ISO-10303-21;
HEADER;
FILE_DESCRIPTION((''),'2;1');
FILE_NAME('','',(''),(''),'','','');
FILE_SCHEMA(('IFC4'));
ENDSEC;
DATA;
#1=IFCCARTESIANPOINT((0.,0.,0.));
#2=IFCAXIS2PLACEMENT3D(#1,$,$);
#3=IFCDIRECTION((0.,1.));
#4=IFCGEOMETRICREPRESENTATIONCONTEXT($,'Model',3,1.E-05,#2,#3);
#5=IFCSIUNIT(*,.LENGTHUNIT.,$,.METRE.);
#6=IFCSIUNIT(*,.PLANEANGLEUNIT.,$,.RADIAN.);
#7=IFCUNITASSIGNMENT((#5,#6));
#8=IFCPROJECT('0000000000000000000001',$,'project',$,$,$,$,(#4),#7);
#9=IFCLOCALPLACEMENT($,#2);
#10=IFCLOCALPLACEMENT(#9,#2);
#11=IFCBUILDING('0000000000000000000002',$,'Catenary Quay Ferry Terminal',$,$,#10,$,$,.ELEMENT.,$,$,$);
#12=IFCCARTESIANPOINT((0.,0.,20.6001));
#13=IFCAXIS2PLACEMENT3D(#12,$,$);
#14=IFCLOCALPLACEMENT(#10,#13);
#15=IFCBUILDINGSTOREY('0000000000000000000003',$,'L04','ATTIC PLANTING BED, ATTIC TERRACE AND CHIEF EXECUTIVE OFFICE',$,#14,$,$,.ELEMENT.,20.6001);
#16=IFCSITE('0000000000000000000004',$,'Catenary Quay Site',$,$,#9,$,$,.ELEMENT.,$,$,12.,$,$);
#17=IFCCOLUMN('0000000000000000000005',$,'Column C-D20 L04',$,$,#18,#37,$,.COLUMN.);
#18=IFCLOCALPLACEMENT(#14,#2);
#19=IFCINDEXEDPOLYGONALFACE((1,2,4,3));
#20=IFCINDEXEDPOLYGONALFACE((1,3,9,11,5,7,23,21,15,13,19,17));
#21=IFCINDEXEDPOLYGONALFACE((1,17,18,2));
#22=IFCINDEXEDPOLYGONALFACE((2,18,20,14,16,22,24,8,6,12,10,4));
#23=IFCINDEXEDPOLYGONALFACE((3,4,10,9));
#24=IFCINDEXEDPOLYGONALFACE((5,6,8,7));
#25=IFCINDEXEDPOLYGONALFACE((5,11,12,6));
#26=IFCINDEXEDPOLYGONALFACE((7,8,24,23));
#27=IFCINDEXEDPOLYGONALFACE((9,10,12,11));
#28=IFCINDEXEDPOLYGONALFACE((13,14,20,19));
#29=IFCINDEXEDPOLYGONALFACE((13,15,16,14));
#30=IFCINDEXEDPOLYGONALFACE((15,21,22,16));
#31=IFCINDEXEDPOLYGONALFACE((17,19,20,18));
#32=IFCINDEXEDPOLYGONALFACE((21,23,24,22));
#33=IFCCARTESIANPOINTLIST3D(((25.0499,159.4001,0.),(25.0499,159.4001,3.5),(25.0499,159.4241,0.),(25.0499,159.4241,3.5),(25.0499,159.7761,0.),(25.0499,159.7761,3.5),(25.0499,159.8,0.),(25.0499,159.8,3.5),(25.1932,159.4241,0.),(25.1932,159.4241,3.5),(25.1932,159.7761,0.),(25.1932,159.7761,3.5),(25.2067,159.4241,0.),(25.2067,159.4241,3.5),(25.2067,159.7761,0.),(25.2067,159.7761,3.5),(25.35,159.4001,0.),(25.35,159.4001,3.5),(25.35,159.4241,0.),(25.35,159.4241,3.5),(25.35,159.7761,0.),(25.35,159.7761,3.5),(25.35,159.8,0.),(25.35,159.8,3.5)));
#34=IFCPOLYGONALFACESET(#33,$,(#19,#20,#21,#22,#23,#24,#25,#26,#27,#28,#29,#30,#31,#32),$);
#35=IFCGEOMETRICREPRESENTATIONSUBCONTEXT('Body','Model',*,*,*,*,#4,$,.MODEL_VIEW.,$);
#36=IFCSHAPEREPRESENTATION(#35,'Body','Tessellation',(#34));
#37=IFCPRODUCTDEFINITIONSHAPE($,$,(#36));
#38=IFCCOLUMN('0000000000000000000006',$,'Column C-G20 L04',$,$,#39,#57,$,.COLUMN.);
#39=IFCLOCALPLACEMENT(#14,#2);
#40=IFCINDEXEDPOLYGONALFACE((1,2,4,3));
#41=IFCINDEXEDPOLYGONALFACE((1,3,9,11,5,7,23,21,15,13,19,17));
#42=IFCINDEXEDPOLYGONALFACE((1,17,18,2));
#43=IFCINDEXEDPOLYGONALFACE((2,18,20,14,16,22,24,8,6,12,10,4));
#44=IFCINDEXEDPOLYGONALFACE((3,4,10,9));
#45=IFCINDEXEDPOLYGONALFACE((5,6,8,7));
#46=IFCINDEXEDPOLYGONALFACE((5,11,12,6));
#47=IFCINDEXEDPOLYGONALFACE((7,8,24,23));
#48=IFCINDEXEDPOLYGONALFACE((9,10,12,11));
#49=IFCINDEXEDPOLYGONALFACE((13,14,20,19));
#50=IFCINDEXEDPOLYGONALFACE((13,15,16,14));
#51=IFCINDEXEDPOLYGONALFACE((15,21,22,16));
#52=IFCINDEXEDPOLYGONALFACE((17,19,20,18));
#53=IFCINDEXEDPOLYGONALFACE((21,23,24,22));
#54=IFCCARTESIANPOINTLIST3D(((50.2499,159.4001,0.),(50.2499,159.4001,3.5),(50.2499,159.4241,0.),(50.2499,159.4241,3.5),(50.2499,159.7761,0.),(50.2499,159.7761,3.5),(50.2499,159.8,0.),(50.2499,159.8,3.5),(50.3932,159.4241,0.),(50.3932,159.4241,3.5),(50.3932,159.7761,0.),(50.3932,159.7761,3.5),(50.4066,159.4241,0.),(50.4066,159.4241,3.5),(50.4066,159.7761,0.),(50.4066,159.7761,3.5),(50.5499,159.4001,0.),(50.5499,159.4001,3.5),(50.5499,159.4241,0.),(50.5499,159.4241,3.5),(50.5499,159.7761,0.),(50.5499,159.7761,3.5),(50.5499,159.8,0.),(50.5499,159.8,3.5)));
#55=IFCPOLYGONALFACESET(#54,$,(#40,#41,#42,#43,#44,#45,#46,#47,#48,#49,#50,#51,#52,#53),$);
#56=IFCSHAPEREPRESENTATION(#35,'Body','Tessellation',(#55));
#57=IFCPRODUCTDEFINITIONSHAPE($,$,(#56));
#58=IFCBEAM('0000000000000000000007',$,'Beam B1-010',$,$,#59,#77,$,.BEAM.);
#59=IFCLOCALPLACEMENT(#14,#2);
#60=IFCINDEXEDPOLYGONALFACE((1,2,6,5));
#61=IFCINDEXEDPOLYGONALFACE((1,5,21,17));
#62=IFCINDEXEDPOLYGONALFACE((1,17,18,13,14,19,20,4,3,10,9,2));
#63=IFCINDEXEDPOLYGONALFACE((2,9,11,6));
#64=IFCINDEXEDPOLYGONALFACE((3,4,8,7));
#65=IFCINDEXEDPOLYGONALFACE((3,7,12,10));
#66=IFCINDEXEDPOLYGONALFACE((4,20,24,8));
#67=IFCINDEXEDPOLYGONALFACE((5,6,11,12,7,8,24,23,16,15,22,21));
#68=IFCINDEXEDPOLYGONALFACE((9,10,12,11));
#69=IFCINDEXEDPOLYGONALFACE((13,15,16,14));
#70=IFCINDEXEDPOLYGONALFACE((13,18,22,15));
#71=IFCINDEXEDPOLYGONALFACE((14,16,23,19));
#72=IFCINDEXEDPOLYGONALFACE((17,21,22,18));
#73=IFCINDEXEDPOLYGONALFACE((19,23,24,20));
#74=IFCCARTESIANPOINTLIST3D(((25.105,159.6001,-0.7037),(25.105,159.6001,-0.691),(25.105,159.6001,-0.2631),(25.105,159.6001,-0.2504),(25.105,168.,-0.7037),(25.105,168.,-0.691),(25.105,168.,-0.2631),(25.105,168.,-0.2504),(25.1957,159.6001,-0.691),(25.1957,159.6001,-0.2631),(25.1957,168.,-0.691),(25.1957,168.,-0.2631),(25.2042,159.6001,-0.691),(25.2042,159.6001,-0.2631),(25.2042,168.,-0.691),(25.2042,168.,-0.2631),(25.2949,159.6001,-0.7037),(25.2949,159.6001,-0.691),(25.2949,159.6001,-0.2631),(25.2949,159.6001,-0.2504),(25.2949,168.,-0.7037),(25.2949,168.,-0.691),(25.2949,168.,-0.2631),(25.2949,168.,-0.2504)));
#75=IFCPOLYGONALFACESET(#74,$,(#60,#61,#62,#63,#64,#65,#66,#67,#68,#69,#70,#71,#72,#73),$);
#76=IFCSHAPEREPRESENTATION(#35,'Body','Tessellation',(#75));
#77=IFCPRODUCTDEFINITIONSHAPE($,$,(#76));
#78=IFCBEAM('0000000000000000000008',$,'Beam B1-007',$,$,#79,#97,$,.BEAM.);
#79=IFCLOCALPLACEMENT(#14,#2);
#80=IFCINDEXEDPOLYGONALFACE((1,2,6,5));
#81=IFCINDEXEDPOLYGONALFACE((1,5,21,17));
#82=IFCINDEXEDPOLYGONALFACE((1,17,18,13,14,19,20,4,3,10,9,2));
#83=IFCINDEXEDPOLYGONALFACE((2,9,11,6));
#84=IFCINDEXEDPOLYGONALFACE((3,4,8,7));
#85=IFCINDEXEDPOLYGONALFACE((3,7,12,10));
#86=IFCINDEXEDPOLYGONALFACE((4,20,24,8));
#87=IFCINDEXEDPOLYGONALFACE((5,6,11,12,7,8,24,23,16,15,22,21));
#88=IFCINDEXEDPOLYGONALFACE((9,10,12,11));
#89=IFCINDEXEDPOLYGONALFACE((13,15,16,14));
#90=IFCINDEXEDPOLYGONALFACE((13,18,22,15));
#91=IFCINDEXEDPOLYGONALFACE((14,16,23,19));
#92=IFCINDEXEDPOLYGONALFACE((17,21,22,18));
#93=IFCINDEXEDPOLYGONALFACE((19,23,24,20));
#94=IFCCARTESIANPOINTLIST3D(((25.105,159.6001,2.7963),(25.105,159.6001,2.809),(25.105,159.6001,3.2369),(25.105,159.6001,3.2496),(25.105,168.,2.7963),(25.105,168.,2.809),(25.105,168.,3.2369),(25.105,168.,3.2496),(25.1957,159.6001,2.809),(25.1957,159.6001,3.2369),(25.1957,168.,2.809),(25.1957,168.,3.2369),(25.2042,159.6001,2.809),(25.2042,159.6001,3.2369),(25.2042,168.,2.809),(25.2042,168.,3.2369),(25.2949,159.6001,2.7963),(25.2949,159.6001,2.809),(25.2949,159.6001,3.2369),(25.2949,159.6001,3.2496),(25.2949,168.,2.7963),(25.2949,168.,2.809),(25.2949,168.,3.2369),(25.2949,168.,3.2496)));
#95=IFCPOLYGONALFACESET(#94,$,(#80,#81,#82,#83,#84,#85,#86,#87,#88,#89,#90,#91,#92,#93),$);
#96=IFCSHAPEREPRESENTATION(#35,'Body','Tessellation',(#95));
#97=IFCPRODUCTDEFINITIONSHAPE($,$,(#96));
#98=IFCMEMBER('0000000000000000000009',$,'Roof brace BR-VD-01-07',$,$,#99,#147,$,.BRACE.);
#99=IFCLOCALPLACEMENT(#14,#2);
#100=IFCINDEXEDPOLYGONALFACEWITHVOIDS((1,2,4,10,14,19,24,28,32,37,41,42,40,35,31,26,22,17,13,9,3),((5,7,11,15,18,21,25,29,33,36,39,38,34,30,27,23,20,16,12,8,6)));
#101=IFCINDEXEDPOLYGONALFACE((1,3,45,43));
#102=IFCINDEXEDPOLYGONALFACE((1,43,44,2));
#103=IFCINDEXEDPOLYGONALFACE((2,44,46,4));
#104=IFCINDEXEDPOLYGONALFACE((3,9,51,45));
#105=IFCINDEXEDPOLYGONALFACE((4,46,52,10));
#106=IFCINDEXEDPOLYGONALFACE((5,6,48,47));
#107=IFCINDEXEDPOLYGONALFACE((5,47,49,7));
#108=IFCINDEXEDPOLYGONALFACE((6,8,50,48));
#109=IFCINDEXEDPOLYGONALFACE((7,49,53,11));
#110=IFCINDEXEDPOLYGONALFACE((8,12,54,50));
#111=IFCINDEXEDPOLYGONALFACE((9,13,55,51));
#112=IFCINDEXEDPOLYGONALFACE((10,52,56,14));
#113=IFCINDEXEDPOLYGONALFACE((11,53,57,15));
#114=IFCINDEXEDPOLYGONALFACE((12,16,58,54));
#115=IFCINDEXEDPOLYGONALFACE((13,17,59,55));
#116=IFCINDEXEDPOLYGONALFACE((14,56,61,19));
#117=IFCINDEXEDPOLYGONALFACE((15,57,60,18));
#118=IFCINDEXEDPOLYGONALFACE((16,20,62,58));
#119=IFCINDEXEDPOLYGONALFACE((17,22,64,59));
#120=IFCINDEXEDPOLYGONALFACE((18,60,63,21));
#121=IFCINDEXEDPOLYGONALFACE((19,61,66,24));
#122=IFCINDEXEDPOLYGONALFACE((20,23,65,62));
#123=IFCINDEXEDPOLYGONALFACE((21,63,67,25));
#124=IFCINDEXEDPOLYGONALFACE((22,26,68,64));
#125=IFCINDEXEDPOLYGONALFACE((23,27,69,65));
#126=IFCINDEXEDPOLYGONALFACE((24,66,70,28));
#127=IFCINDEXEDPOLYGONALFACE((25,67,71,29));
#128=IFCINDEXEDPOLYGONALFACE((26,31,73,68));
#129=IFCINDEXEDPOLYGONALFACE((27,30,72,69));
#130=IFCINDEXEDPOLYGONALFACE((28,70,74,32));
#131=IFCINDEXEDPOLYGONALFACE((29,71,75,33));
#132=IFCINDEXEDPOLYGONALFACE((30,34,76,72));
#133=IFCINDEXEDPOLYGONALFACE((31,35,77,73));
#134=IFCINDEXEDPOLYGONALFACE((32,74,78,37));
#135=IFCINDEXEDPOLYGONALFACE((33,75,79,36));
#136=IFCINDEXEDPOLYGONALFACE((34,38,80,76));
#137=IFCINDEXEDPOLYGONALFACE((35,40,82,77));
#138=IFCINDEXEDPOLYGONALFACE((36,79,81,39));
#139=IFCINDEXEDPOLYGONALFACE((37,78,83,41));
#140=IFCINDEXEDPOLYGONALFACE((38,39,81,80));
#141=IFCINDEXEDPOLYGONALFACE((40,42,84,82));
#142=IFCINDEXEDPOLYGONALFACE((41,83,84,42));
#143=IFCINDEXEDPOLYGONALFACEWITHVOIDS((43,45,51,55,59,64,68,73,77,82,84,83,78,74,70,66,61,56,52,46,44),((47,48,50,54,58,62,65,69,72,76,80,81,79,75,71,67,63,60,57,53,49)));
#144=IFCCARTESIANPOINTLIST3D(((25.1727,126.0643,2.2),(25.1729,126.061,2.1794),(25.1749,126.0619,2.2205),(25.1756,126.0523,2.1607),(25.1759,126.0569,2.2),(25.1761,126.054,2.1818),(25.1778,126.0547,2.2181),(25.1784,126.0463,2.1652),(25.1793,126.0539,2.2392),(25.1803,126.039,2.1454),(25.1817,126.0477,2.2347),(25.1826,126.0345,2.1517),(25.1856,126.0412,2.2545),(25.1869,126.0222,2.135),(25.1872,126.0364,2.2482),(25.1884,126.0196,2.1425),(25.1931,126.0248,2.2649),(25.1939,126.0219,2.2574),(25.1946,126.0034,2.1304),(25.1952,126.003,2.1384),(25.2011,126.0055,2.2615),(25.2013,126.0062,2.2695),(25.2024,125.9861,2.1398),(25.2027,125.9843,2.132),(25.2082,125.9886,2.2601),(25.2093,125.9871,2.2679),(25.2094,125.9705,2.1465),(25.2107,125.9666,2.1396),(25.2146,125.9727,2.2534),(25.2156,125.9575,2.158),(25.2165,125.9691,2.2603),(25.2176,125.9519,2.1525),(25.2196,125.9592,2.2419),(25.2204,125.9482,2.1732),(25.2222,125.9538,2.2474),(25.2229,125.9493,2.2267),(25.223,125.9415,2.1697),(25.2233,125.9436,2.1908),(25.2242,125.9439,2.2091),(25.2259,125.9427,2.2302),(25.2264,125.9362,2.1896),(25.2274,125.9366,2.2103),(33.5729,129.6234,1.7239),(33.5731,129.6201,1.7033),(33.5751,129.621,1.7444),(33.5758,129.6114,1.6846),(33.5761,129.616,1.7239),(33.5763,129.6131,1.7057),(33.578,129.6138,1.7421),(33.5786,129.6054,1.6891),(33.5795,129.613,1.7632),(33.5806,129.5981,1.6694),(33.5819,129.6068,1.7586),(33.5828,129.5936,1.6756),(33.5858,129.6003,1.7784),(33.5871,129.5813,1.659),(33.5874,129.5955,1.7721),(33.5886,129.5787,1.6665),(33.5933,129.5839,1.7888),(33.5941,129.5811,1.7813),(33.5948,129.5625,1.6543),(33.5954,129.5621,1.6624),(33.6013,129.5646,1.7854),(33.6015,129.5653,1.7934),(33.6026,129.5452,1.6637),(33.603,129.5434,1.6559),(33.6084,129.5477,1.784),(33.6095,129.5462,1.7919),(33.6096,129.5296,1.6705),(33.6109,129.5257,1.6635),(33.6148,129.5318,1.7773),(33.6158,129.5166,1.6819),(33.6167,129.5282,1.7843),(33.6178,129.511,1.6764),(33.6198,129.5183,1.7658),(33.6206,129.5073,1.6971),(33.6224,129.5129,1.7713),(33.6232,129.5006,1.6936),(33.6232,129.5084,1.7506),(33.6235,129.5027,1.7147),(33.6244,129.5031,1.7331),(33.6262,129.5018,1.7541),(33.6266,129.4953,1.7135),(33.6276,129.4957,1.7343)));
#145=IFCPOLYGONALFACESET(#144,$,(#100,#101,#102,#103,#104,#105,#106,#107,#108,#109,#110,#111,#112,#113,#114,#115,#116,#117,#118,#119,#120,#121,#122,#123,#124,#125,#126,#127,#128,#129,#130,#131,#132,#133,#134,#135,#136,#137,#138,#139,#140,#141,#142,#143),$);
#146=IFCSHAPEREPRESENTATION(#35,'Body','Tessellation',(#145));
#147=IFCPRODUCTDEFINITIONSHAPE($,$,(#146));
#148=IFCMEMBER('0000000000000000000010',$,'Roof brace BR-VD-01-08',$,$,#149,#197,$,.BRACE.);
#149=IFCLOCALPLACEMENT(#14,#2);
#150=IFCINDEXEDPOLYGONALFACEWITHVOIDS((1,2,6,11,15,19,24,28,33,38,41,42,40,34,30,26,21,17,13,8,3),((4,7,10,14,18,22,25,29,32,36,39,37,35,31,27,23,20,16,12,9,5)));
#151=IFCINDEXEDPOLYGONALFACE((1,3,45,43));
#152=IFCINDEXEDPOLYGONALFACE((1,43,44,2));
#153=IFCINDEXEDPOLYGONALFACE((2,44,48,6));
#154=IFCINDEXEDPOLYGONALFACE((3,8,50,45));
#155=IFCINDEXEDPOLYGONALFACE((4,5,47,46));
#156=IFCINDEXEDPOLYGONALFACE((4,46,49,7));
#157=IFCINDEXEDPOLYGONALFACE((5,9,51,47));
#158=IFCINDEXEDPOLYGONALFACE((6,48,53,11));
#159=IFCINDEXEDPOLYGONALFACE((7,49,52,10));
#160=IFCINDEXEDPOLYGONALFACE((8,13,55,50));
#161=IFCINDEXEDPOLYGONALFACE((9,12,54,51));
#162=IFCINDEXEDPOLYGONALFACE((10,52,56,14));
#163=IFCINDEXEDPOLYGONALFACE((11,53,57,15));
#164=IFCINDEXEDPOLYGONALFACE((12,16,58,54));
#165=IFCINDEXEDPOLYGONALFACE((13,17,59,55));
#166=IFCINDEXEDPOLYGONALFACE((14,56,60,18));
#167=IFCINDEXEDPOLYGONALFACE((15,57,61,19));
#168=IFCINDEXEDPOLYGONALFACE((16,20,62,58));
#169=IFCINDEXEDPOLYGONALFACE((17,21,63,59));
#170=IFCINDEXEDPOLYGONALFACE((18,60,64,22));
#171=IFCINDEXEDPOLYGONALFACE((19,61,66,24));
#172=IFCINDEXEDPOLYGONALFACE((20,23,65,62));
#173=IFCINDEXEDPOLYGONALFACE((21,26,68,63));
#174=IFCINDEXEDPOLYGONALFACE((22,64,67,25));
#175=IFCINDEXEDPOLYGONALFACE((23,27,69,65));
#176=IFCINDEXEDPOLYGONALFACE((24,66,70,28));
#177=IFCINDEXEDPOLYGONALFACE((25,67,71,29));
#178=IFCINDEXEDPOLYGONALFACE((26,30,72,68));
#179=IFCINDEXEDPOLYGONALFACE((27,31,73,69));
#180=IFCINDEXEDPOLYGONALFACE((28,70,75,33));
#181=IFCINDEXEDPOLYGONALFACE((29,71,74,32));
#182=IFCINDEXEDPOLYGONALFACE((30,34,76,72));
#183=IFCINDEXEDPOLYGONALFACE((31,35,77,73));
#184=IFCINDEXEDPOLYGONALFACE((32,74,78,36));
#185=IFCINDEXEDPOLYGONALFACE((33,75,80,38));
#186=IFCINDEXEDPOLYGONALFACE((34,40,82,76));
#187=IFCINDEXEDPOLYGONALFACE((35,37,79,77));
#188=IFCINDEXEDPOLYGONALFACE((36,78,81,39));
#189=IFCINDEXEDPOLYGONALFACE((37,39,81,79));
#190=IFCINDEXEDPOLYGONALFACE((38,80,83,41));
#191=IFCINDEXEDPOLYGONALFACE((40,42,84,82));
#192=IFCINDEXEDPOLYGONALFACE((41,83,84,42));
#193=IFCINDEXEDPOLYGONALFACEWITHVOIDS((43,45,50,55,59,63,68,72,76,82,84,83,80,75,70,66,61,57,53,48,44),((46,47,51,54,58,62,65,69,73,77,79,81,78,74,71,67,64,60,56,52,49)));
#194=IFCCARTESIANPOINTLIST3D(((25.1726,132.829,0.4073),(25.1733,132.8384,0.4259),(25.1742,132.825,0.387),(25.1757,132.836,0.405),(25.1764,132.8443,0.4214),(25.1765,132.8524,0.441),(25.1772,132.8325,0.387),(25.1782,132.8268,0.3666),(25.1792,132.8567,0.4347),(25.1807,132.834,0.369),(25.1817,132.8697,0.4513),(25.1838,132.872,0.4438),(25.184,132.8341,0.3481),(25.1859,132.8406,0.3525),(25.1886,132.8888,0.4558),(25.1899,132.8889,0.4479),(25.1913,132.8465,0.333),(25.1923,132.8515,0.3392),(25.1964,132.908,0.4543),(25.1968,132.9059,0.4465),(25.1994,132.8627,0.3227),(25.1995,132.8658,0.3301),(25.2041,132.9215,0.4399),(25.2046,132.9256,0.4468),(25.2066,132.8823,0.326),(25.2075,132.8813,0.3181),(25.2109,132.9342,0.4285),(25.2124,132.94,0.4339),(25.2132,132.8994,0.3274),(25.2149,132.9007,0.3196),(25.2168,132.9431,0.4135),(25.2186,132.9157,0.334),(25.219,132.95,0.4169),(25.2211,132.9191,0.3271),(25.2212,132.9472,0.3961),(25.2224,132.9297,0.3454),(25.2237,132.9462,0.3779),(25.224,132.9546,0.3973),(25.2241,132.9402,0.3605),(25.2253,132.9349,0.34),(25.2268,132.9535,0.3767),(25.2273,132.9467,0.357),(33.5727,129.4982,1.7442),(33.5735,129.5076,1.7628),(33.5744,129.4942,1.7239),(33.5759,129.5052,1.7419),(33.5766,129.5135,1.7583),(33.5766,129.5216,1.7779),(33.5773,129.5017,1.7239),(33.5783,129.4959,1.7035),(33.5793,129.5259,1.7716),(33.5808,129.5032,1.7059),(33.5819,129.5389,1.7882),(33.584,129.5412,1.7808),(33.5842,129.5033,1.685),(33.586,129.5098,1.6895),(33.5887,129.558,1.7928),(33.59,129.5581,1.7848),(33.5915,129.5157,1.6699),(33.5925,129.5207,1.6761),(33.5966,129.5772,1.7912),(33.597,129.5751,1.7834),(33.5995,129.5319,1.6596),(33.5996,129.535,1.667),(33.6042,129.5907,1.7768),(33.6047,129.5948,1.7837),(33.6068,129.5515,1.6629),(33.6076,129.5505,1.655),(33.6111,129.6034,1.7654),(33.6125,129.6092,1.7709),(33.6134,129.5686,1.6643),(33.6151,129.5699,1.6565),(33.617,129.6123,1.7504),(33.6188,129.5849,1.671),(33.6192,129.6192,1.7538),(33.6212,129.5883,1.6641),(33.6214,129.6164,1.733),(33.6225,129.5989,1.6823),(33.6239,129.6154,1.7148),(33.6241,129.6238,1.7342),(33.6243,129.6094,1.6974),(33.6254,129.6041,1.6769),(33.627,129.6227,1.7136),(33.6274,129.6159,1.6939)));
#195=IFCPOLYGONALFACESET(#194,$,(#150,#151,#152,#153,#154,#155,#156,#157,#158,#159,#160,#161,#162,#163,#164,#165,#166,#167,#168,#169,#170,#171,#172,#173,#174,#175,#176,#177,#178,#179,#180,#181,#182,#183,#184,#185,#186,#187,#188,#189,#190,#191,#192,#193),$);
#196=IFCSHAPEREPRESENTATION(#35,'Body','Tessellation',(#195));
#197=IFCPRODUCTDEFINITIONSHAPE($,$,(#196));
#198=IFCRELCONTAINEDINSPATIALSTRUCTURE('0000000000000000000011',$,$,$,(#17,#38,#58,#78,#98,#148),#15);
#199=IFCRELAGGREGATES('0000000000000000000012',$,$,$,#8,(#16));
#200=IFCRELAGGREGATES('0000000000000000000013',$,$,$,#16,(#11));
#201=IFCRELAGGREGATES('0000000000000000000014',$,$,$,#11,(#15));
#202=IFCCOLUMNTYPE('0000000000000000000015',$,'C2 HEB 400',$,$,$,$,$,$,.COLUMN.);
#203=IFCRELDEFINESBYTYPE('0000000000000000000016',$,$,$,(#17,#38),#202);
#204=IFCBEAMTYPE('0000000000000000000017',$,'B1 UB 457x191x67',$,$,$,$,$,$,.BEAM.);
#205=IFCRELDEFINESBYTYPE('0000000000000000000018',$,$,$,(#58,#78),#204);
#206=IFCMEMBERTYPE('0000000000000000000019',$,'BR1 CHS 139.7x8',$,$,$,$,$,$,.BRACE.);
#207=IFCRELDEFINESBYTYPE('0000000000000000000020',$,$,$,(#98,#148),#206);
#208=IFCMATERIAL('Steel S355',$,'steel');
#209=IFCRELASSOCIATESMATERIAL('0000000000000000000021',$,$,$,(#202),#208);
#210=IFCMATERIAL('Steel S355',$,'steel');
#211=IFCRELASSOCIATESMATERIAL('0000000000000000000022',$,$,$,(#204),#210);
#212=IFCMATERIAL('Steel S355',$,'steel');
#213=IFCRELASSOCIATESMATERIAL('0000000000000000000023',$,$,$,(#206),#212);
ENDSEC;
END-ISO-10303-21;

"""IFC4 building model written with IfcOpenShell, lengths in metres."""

from ifc_helpers import new_model, si_unit, direction, frame, origin, origin_2d, place, context, subcontext, project, spatial, hollow_circle, i_section, extrude, material, material_profile, profile_set, type_object, element, save


model = new_model("IFC4")

# Units and contexts
model_context = context("Model", 3, precision=1e-05, world=origin(), true_north=direction((0.0, 1.0)))
body_context = subcontext(model_context, "Body", "Model", "MODEL_VIEW")
ifc_project = project(units=[si_unit("LENGTHUNIT", "METRE"), si_unit("PLANEANGLEUNIT", "RADIAN")], contexts=[model_context])

# Site, building, storey
site_placement = place(None, origin())
site = spatial("IfcSite", under=ifc_project, at=site_placement, Name="Catenary Quay Site", CompositionType="ELEMENT", RefElevation=12.0)
building_placement = place(site_placement, origin())
building = spatial("IfcBuilding", under=site, at=building_placement, Name="Catenary Quay Ferry Terminal", CompositionType="ELEMENT")
storey_placement = place(building_placement, frame((0.0, 0.0, 20.6001)))
storey = spatial("IfcBuildingStorey", under=building, at=storey_placement, Name="L04", Description="ATTIC PLANTING BED, ATTIC TERRACE AND CHIEF EXECUTIVE OFFICE", CompositionType="ELEMENT", Elevation=20.6001)

# Columns
ifc_material_1 = material(Name="Steel S355", Category="steel")
ifc_material_profile_1 = material_profile(ifc_material_1, i_section(OverallWidth=0.3, OverallDepth=0.3999, WebThickness=0.0134, FlangeThickness=0.0239, at=origin_2d()), Name="HEB 400")
ifc_profile_set_1 = profile_set([ifc_material_profile_1], Name="Steel S355")
column_type = type_object("IfcColumnType", Name="C2 HEB 400", PredefinedType="COLUMN", material=ifc_profile_set_1)
for number, where, z_axis, x_axis, name in (
    (1, (25.2, 159.6001, 0.0), (0.0, 0.0, 1.0), (1.0, 0.0, 0.0), "Column C-D20 L04"),
    (2, (50.3999, 159.6001, 0.0), (0.0, 0.0, 1.0), (1.0, 0.0, 0.0), "Column C-G20 L04"),
):
    element("IfcColumn", number, at=place(storey_placement, frame(where, z_axis=z_axis, x_axis=x_axis)), inside=storey, type_object=column_type, Name=name, PredefinedType="COLUMN", context=body_context, shape_type="SweptSolid", body=[
        extrude(i_section(OverallWidth=0.3, OverallDepth=0.3999, WebThickness=0.0134, FlangeThickness=0.0239, at=origin_2d()), origin(), (0.0, 0.0, 1.0), 3.5),
    ])

# Beams
ifc_material_2 = material(Name="Steel S355", Category="steel")
ifc_material_profile_2 = material_profile(ifc_material_2, i_section(OverallWidth=0.1899, OverallDepth=0.4534, WebThickness=0.0085, FlangeThickness=0.0127, at=origin_2d()), Name="UB 457x191x67")
ifc_profile_set_2 = profile_set([ifc_material_profile_2], Name="Steel S355")
beam_type = type_object("IfcBeamType", Name="B1 UB 457x191x67", PredefinedType="BEAM", material=ifc_profile_set_2)
for number, where, z_axis, x_axis, name in (
    (3, (25.2, 159.6001, -0.4771), (0.0, 1.0, 0.0), (-1.0, 0.0, 0.0), "Beam B1-010"),
    (4, (25.2, 159.6001, 3.0229), (0.0, 1.0, 0.0), (-1.0, 0.0, 0.0), "Beam B1-007"),
):
    element("IfcBeam", number, at=place(storey_placement, frame(where, z_axis=z_axis, x_axis=x_axis)), inside=storey, type_object=beam_type, Name=name, PredefinedType="BEAM", context=body_context, shape_type="SweptSolid", body=[
        extrude(i_section(OverallWidth=0.1899, OverallDepth=0.4534, WebThickness=0.0085, FlangeThickness=0.0127, at=origin_2d()), origin(), (0.0, 0.0, 1.0), 8.3999),
    ])

# Members
ifc_material_3 = material(Name="Steel S355", Category="steel")
ifc_material_profile_3 = material_profile(ifc_material_3, hollow_circle(Radius=0.0698, WallThickness=0.0081, at=origin_2d()), Name="CHS 139.7x8")
ifc_profile_set_3 = profile_set([ifc_material_profile_3], Name="Steel S355")
member_type_1 = type_object("IfcMemberType", Name="BR1 CHS 139.7x8", PredefinedType="BRACE", material=ifc_profile_set_3)
member_1_placement = place(storey_placement, frame((25.2, 126.0, 2.2), z_axis=(0.919512, 0.389591, -0.052113), x_axis=(-0.390121, 0.920764, 0.0)))
element("IfcMember", 5, at=member_1_placement, inside=storey, type_object=member_type_1, Name="Roof brace BR-VD-01-07", PredefinedType="BRACE", context=body_context, shape_type="SweptSolid", body=[
    extrude(hollow_circle(Radius=0.0698, WallThickness=0.0081, at=origin_2d()), origin(), (0.0, 0.0, 1.0), 9.1355),
])
member_2_placement = place(storey_placement, frame((33.6001, 129.5591, 1.7239), z_axis=(-0.919579, 0.36463, -0.146354), x_axis=(-0.368599, -0.929589, 0.0)))
element("IfcMember", 6, at=member_2_placement, inside=storey, type_object=member_type_1, Name="Roof brace BR-VD-01-08", PredefinedType="BRACE", context=body_context, shape_type="SweptSolid", body=[
    extrude(hollow_circle(Radius=0.0698, WallThickness=0.0081, at=origin_2d()), origin(), (0.0, 0.0, 1.0), 9.1348),
])

save(model, "model.ifc")
